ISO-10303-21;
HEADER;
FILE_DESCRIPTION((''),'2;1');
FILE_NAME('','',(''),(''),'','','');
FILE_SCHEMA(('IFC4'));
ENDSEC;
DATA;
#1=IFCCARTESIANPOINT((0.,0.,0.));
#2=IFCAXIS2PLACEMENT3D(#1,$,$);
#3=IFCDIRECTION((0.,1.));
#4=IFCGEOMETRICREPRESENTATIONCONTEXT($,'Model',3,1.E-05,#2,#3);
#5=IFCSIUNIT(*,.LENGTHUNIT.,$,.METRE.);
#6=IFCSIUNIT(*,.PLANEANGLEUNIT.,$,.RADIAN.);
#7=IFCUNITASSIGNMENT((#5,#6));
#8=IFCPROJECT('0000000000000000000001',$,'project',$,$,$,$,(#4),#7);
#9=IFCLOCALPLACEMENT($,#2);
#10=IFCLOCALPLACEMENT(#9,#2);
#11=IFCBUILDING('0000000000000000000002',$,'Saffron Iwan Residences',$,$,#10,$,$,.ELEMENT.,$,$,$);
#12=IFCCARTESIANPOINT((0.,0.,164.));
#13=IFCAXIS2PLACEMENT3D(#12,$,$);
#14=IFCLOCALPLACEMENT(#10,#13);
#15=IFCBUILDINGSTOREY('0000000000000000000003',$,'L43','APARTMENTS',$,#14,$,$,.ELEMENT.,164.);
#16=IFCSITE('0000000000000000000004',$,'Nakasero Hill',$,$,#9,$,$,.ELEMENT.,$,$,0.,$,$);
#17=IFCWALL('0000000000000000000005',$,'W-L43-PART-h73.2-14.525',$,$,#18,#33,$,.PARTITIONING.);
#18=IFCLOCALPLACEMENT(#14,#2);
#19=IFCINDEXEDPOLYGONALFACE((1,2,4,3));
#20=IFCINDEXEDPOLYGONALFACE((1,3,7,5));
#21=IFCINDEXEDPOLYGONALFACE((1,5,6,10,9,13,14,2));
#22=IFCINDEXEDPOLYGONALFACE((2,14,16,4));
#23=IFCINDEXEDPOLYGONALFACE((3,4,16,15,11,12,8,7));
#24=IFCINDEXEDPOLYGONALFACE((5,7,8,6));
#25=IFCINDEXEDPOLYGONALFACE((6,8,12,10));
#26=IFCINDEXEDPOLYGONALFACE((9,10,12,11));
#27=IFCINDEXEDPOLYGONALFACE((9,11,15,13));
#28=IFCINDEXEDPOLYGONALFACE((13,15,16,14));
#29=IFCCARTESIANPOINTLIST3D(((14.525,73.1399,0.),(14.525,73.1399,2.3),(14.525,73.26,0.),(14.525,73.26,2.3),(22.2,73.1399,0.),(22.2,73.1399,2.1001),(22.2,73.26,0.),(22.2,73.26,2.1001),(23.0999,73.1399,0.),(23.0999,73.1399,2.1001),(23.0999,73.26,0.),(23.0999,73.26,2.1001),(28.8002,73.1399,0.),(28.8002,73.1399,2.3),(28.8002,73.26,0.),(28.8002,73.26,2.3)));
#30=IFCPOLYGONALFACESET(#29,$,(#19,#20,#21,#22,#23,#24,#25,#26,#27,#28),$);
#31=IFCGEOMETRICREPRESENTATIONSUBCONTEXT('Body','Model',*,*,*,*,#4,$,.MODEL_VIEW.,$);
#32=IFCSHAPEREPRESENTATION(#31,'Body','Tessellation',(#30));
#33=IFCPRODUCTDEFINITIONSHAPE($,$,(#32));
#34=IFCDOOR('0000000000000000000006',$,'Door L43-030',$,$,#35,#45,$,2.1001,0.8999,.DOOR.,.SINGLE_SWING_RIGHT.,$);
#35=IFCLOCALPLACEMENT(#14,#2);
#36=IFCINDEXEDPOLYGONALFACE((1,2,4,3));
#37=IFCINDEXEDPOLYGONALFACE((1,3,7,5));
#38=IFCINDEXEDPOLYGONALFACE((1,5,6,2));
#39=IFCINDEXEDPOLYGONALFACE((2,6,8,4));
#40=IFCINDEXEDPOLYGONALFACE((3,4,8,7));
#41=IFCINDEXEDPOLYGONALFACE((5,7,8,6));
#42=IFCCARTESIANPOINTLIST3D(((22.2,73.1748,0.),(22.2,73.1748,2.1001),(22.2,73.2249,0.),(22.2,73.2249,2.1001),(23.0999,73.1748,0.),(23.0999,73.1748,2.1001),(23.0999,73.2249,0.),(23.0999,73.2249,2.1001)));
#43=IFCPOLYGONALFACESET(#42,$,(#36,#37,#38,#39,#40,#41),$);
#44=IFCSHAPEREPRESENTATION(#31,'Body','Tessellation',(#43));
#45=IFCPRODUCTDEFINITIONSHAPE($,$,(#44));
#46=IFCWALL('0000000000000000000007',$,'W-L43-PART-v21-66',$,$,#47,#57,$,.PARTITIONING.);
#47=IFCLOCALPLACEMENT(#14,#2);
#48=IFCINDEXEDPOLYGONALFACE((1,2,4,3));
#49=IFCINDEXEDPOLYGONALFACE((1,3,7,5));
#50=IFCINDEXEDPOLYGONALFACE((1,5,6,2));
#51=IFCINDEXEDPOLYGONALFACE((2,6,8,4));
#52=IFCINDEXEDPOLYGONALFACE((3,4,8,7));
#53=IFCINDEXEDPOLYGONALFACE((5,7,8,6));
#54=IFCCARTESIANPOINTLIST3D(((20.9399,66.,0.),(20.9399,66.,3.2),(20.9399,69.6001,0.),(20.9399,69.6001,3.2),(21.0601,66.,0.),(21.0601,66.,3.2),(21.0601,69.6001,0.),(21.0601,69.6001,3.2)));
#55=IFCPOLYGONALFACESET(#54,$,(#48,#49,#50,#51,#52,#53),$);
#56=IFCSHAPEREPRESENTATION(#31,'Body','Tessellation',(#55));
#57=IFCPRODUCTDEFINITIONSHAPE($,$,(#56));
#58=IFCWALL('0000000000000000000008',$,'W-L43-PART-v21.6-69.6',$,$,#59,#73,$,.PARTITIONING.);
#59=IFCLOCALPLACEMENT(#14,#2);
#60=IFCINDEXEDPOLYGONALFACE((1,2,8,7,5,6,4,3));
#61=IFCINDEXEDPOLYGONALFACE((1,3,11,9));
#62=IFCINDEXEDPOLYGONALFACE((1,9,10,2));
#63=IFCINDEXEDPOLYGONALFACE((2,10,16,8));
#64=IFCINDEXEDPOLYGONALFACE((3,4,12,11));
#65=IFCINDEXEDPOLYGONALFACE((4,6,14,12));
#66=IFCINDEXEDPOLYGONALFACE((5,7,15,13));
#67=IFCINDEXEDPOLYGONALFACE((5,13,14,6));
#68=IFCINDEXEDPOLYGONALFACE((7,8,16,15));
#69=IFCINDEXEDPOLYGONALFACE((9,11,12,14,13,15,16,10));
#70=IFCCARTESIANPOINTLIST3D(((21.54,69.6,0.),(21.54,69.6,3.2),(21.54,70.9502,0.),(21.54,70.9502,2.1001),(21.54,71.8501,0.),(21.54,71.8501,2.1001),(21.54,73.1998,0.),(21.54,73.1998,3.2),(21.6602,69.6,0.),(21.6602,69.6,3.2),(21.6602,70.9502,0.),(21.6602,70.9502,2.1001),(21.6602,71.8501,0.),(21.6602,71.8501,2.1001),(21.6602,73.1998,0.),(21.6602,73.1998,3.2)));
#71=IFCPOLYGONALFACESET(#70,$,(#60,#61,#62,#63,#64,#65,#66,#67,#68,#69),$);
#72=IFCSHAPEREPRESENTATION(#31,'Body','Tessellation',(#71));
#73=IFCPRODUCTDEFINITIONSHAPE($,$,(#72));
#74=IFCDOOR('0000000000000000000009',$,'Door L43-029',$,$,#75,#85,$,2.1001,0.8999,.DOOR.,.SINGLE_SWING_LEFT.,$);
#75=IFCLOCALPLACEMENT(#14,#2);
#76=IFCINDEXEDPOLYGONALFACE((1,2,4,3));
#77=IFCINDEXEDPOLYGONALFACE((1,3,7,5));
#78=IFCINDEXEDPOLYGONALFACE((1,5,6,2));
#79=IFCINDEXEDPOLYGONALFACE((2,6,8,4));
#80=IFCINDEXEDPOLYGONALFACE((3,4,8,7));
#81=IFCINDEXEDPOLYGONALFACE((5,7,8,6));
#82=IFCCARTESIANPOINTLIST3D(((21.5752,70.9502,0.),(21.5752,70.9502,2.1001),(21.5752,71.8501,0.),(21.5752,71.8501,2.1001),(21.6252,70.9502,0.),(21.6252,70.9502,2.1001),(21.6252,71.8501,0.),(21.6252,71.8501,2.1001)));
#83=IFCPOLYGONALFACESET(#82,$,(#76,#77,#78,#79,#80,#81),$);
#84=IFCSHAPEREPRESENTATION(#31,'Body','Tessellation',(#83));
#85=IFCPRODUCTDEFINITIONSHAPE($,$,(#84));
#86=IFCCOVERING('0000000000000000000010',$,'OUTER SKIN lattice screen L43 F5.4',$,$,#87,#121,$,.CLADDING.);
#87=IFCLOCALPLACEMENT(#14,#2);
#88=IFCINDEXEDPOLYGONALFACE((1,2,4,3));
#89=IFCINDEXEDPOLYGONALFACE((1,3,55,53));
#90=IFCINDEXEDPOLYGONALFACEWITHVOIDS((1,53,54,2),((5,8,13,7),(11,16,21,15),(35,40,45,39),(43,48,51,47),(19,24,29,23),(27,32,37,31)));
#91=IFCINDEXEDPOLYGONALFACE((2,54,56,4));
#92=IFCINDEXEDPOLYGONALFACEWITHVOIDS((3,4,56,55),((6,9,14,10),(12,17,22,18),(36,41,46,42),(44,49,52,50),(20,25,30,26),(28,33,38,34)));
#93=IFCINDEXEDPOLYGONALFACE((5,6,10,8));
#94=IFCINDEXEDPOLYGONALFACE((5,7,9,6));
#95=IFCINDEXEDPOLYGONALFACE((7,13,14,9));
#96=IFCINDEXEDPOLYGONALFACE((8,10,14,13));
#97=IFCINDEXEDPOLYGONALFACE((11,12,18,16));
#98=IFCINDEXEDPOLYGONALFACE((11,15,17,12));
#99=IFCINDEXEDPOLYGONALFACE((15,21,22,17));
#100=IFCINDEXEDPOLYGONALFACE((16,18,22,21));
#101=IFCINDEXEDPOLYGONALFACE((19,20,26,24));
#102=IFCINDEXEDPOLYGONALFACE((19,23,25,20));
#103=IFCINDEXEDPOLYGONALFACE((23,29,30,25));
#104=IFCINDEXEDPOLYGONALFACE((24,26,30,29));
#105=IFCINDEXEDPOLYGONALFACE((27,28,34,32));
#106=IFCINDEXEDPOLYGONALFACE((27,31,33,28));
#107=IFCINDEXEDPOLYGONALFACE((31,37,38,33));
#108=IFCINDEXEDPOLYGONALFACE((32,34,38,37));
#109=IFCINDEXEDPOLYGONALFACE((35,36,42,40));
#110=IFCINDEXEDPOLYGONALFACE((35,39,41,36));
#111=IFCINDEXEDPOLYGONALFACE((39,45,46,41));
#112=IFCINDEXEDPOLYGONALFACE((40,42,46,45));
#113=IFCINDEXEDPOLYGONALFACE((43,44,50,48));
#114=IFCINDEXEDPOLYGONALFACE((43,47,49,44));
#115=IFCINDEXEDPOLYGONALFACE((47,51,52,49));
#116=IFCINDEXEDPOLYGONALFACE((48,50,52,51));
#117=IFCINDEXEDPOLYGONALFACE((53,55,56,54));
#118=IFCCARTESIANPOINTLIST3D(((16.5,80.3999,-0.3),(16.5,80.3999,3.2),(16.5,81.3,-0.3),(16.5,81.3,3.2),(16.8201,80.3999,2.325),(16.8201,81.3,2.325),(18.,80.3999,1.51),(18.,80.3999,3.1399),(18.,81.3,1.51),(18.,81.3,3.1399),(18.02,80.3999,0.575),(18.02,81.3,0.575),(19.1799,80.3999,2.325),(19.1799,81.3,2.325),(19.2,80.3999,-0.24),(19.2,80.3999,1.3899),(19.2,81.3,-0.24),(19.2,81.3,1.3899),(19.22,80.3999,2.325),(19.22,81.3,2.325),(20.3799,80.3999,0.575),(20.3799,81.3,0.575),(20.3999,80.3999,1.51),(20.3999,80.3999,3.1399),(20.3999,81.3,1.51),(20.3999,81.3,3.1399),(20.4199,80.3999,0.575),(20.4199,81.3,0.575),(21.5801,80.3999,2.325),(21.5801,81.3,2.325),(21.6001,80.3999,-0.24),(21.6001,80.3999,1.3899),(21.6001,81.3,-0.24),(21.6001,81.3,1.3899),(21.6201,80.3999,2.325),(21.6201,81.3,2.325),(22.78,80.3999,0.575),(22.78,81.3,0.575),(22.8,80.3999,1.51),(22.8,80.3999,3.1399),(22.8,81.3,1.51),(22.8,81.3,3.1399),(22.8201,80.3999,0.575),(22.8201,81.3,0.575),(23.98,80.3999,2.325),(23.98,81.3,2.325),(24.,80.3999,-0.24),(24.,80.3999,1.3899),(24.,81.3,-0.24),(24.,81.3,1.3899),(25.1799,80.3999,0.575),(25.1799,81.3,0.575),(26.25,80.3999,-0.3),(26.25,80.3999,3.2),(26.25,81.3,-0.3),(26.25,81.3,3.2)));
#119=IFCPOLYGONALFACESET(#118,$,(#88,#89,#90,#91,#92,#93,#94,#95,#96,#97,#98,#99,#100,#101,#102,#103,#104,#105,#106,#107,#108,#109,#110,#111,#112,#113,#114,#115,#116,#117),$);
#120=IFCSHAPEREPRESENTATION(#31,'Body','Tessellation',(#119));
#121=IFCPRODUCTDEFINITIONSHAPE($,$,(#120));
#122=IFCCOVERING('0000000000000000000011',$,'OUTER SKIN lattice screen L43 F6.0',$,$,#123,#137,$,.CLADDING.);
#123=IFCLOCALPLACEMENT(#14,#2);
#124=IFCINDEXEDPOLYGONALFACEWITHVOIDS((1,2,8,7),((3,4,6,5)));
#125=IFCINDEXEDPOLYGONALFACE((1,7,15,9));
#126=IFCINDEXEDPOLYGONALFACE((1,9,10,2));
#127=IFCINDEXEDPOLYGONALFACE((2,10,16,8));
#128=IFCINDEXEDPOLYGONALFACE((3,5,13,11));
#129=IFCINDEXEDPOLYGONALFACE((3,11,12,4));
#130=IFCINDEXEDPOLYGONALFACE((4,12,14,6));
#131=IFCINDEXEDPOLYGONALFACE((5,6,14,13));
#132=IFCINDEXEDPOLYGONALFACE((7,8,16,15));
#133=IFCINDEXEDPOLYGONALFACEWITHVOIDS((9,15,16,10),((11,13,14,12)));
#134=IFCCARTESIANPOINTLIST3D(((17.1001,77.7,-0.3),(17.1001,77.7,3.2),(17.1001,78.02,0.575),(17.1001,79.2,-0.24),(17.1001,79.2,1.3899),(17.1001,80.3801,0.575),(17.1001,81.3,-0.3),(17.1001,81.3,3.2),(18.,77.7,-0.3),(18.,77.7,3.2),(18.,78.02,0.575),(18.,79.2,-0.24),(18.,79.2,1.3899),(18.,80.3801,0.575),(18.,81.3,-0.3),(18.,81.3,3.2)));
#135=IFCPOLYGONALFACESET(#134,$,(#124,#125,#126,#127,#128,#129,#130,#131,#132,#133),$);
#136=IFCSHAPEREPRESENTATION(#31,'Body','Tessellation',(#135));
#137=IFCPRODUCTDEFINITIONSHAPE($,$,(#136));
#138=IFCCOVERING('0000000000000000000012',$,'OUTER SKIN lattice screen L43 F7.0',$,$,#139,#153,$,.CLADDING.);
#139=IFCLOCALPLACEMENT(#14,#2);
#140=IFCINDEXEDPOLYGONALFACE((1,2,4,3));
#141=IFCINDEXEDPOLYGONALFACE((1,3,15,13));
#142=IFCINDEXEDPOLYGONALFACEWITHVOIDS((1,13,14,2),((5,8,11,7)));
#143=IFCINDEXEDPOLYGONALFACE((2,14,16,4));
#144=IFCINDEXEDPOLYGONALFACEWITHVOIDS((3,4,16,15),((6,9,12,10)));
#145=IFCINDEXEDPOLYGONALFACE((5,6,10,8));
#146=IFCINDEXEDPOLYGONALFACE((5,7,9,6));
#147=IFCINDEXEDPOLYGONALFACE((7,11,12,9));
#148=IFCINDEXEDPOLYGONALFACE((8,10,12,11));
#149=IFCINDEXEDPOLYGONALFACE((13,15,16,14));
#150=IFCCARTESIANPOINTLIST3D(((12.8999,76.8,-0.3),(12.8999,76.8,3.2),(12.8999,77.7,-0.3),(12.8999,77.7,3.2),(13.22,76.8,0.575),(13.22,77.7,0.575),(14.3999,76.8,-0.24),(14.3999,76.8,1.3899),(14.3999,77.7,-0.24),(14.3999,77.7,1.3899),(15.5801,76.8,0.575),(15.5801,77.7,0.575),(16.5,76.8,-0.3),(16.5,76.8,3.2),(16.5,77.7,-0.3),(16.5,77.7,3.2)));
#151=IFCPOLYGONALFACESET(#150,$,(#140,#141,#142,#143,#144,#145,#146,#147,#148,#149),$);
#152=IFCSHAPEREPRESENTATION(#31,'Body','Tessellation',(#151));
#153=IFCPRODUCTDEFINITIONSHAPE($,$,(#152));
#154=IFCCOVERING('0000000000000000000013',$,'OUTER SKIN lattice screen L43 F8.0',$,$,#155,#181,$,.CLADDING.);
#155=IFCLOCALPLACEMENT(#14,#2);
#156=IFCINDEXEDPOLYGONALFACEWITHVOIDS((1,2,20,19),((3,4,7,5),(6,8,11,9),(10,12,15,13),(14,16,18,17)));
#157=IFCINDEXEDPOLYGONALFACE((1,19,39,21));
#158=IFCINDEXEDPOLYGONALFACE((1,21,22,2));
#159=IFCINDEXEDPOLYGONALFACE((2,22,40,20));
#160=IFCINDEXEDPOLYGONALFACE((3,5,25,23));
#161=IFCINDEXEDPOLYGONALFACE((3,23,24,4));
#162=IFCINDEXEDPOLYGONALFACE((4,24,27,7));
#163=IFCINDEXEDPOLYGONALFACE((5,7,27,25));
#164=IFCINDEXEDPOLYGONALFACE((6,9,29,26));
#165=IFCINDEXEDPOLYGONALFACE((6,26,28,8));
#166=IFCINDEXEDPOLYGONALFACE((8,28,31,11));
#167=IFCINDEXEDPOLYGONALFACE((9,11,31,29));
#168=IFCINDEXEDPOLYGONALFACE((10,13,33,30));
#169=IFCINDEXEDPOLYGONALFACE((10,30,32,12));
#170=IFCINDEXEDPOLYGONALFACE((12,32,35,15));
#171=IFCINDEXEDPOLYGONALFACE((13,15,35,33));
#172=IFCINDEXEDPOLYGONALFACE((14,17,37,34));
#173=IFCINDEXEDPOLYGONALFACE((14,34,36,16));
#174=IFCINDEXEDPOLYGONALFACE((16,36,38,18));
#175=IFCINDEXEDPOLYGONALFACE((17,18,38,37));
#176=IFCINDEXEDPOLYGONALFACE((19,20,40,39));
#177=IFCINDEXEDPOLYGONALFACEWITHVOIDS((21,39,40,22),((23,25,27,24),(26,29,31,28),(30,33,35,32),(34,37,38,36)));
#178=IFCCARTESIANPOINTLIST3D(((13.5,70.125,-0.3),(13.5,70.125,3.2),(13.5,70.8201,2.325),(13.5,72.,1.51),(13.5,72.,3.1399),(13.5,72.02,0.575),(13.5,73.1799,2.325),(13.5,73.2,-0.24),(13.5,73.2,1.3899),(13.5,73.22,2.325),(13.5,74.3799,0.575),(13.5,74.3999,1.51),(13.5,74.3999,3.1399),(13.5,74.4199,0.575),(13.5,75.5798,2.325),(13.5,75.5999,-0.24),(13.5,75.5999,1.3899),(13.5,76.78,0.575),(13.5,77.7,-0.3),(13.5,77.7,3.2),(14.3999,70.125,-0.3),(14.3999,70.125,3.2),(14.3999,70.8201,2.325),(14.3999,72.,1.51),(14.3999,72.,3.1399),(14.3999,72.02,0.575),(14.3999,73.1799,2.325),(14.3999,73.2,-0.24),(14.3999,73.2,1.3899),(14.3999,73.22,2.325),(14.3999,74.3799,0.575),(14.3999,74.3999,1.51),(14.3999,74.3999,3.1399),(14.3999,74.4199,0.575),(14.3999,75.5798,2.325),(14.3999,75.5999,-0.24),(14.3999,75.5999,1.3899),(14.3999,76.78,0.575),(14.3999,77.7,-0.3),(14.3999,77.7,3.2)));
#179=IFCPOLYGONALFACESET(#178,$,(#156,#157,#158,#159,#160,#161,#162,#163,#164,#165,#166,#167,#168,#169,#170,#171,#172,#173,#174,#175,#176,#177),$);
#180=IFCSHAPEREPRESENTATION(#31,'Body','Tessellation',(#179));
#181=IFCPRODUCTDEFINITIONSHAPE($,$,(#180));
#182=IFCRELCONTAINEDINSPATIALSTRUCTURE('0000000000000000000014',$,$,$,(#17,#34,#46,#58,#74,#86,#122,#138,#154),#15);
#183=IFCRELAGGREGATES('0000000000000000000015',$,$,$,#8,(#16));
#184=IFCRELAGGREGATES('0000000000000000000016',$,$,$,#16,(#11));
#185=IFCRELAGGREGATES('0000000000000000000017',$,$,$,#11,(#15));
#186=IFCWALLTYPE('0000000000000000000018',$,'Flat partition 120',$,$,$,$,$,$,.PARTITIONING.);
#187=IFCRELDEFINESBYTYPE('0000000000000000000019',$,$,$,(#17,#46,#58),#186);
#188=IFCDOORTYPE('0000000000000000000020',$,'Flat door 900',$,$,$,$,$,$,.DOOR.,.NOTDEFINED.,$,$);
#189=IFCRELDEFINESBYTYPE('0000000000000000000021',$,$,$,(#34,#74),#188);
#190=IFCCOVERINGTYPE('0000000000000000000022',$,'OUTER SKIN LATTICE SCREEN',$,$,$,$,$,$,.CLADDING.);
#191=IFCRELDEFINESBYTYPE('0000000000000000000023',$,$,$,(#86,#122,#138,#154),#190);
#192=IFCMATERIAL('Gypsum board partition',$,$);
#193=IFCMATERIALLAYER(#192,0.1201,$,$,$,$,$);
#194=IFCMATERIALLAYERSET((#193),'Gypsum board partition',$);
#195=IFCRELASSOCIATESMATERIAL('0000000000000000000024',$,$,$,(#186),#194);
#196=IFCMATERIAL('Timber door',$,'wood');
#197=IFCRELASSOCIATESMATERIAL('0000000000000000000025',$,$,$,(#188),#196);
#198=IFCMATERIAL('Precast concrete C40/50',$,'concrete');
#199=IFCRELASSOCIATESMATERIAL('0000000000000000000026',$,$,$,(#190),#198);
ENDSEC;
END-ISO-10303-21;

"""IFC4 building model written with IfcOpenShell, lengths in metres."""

from ifc_helpers import new_model, si_unit, direction, frame, frame_2d, origin, place, context, subcontext, project, spatial, polyline, rectangle, outline, extrude, material, layer, layer_set, type_object, element, fill, save


model = new_model("IFC4")

# Units and contexts
model_context = context("Model", 3, precision=1e-05, world=origin(), true_north=direction((0.0, 1.0)))
body_context = subcontext(model_context, "Body", "Model", "MODEL_VIEW")
ifc_project = project(units=[si_unit("LENGTHUNIT", "METRE"), si_unit("PLANEANGLEUNIT", "RADIAN")], contexts=[model_context])

# Site, building, storey
site_placement = place(None, origin())
site = spatial("IfcSite", under=ifc_project, at=site_placement, Name="Nakasero Hill", CompositionType="ELEMENT", RefElevation=0.0)
building_placement = place(site_placement, origin())
building = spatial("IfcBuilding", under=site, at=building_placement, Name="Saffron Iwan Residences", CompositionType="ELEMENT")
storey_placement = place(building_placement, frame((0.0, 0.0, 164.0)))
storey = spatial("IfcBuildingStorey", under=building, at=storey_placement, Name="L43", Description="APARTMENTS", CompositionType="ELEMENT", Elevation=164.0)

# Shared definitions
ifc_material_1 = material(Name="Gypsum board partition")
ifc_layer_1 = layer(ifc_material_1, 0.1201)
ifc_layer_set_1 = layer_set([ifc_layer_1], Name="Gypsum board partition")
wall_type_1 = type_object("IfcWallType", Name="Flat partition 120", PredefinedType="PARTITIONING", material=ifc_layer_set_1)
ifc_material_2 = material(Name="Timber door", Category="wood")

# Wall, opening, door
wall_1_placement = place(storey_placement, frame((14.5249, 73.2, 0.0), z_axis=(0.0, 0.0, 1.0), x_axis=(1.0, 0.0, 0.0)))
wall_1 = element("IfcWall", 1, at=wall_1_placement, inside=storey, type_object=wall_type_1, Name="W-L43-PART-h73.2-14.525", PredefinedType="PARTITIONING", context=body_context, shape_type="SweptSolid", body=[
    extrude(rectangle(XDim=14.2751, YDim=0.1201, at=frame_2d((7.1377, 0.0))), origin(), (0.0, 0.0, 1.0), 2.3),
])
opening_1_placement = place(wall_1_placement, frame((7.675, 0.0, 0.0)))
opening_1 = element("IfcOpeningElement", 2, at=opening_1_placement, cuts=wall_1, PredefinedType="OPENING", context=body_context, shape_type="SweptSolid", body=[
    extrude(rectangle(XDim=0.8999, YDim=2.1001, at=frame_2d((0.45, 1.05))), frame((0.0, 0.0701, 0.0), z_axis=(0.0, -1.0, 0.0), x_axis=(1.0, 0.0, 0.0)), (0.0, 0.0, 1.0), 0.1401),
])
door_type_1 = type_object("IfcDoorType", Name="Flat door 900", OperationType="NOTDEFINED", PredefinedType="DOOR", material=ifc_material_2)
door_1_placement = place(opening_1_placement, origin())
door_1 = element("IfcDoor", 3, at=door_1_placement, inside=storey, type_object=door_type_1, Name="Door L43-030", OperationType="SINGLE_SWING_RIGHT", OverallHeight=2.1001, OverallWidth=0.8999, PredefinedType="DOOR", context=body_context, shape_type="SweptSolid", body=[
    extrude(rectangle(XDim=0.8999, YDim=2.1001, at=frame_2d((0.45, 1.05))), frame((0.0, 0.0249, 0.0), z_axis=(0.0, -1.0, 0.0), x_axis=(1.0, 0.0, 0.0)), (0.0, 0.0, 1.0), 0.05),
])
fill(opening_1, door_1)

# Wall
wall_2_placement = place(storey_placement, frame((21.0, 66.0, 0.0), z_axis=(0.0, 0.0, 1.0), x_axis=(0.0, 1.0, 0.0)))
element("IfcWall", 4, at=wall_2_placement, inside=storey, type_object=wall_type_1, Name="W-L43-PART-v21-66", PredefinedType="PARTITIONING", context=body_context, shape_type="SweptSolid", body=[
    extrude(rectangle(XDim=3.6001, YDim=0.1201, at=frame_2d((1.8, 0.0))), origin(), (0.0, 0.0, 1.0), 3.2),
])

# Wall, opening, door
wall_3_placement = place(storey_placement, frame((21.6001, 69.6001, 0.0), z_axis=(0.0, 0.0, 1.0), x_axis=(0.0, 1.0, 0.0)))
wall_3 = element("IfcWall", 5, at=wall_3_placement, inside=storey, type_object=wall_type_1, Name="W-L43-PART-v21.6-69.6", PredefinedType="PARTITIONING", context=body_context, shape_type="SweptSolid", body=[
    extrude(rectangle(XDim=3.5999, YDim=0.1201, at=frame_2d((1.7998, 0.0))), origin(), (0.0, 0.0, 1.0), 3.2),
])
opening_2_placement = place(wall_3_placement, frame((1.3501, 0.0, 0.0)))
opening_2 = element("IfcOpeningElement", 6, at=opening_2_placement, cuts=wall_3, PredefinedType="OPENING", context=body_context, shape_type="SweptSolid", body=[
    extrude(rectangle(XDim=0.8999, YDim=2.1001, at=frame_2d((0.45, 1.05))), frame((0.0, 0.0701, 0.0), z_axis=(0.0, -1.0, 0.0), x_axis=(1.0, 0.0, 0.0)), (0.0, 0.0, 1.0), 0.1401),
])
door_2_placement = place(opening_2_placement, origin())
door_2 = element("IfcDoor", 7, at=door_2_placement, inside=storey, type_object=door_type_1, Name="Door L43-029", OperationType="SINGLE_SWING_LEFT", OverallHeight=2.1001, OverallWidth=0.8999, PredefinedType="DOOR", context=body_context, shape_type="SweptSolid", body=[
    extrude(rectangle(XDim=0.8999, YDim=2.1001, at=frame_2d((0.45, 1.05))), frame((0.0, 0.0249, 0.0), z_axis=(0.0, -1.0, 0.0), x_axis=(1.0, 0.0, 0.0)), (0.0, 0.0, 1.0), 0.05),
])
fill(opening_2, door_2)

# Coverings
ifc_material_3 = material(Name="Precast concrete C40/50", Category="concrete")
covering_type_1 = type_object("IfcCoveringType", Name="OUTER SKIN LATTICE SCREEN", PredefinedType="CLADDING", material=ifc_material_3)
covering_1_placement = place(storey_placement, frame((26.25, 80.3999, -0.3), z_axis=(0.0, 1.0, 0.0), x_axis=(-1.0, 0.0, 0.0)))
element("IfcCovering", 8, at=covering_1_placement, inside=storey, type_object=covering_type_1, Name="OUTER SKIN lattice screen L43 F5.4", PredefinedType="CLADDING", context=body_context, shape_type="SweptSolid", body=[
    extrude(outline(polyline([(0.0, 0.0), (9.75, 0.0), (9.75, 3.5), (0.0, 3.5), (0.0, 0.0)]), holes=[polyline([(1.0701, 0.875), (2.25, 0.0601), (3.4299, 0.875), (2.25, 1.6899), (1.0701, 0.875)]), polyline([(3.47, 0.875), (4.6499, 0.0601), (5.8301, 0.875), (4.6499, 1.6899), (3.47, 0.875)]), polyline([(5.8701, 0.875), (7.05, 0.0601), (8.23, 0.875), (7.05, 1.6899), (5.8701, 0.875)]), polyline([(2.27, 2.625), (3.45, 1.8101), (4.6299, 2.625), (3.45, 3.4399), (2.27, 2.625)]), polyline([(4.6699, 2.625), (5.8501, 1.8101), (7.03, 2.625), (5.8501, 3.4399), (4.6699, 2.625)]), polyline([(7.0701, 2.625), (8.25, 1.8101), (9.4299, 2.625), (8.25, 3.4399), (7.0701, 2.625)])]), origin(), (0.0, 0.0, 1.0), 0.9001),
])
for number, where, z_axis, x_axis, name in (
    (9, (18.0, 81.3, -0.3), (-1.0, 0.0, 0.0), (0.0, -1.0, 0.0), "OUTER SKIN lattice screen L43 F6.0"),
    (10, (16.5, 76.8, -0.3), (0.0, 1.0, 0.0), (-1.0, 0.0, 0.0), "OUTER SKIN lattice screen L43 F7.0"),
):
    element("IfcCovering", number, at=place(storey_placement, frame(where, z_axis=z_axis, x_axis=x_axis)), inside=storey, type_object=covering_type_1, Name=name, PredefinedType="CLADDING", context=body_context, shape_type="SweptSolid", body=[
        extrude(outline(polyline([(0.0, 0.0), (3.6001, 0.0), (3.6001, 3.5), (0.0, 3.5), (0.0, 0.0)]), holes=[polyline([(0.9199, 0.875), (2.1001, 0.0601), (3.28, 0.875), (2.1001, 1.6899), (0.9199, 0.875)])]), origin(), (0.0, 0.0, 1.0), 0.8999),
    ])
covering_2_placement = place(storey_placement, frame((14.3999, 77.7, -0.3), z_axis=(-1.0, 0.0, 0.0), x_axis=(0.0, -1.0, 0.0)))
element("IfcCovering", 11, at=covering_2_placement, inside=storey, type_object=covering_type_1, Name="OUTER SKIN lattice screen L43 F8.0", PredefinedType="CLADDING", context=body_context, shape_type="SweptSolid", body=[
    extrude(outline(polyline([(0.0, 0.0), (7.575, 0.0), (7.575, 3.5), (0.0, 3.5), (0.0, 0.0)]), holes=[polyline([(0.9199, 0.875), (2.1001, 0.0601), (3.28, 0.875), (2.1001, 1.6899), (0.9199, 0.875)]), polyline([(3.3201, 0.875), (4.5, 0.0601), (5.6799, 0.875), (4.5, 1.6899), (3.3201, 0.875)]), polyline([(2.1201, 2.625), (3.3, 1.8101), (4.48, 2.625), (3.3, 3.4399), (2.1201, 2.625)]), polyline([(4.52, 2.625), (5.7, 1.8101), (6.8799, 2.625), (5.7, 3.4399), (4.52, 2.625)])]), origin(), (0.0, 0.0, 1.0), 0.8999),
])

save(model, "model.ifc")
